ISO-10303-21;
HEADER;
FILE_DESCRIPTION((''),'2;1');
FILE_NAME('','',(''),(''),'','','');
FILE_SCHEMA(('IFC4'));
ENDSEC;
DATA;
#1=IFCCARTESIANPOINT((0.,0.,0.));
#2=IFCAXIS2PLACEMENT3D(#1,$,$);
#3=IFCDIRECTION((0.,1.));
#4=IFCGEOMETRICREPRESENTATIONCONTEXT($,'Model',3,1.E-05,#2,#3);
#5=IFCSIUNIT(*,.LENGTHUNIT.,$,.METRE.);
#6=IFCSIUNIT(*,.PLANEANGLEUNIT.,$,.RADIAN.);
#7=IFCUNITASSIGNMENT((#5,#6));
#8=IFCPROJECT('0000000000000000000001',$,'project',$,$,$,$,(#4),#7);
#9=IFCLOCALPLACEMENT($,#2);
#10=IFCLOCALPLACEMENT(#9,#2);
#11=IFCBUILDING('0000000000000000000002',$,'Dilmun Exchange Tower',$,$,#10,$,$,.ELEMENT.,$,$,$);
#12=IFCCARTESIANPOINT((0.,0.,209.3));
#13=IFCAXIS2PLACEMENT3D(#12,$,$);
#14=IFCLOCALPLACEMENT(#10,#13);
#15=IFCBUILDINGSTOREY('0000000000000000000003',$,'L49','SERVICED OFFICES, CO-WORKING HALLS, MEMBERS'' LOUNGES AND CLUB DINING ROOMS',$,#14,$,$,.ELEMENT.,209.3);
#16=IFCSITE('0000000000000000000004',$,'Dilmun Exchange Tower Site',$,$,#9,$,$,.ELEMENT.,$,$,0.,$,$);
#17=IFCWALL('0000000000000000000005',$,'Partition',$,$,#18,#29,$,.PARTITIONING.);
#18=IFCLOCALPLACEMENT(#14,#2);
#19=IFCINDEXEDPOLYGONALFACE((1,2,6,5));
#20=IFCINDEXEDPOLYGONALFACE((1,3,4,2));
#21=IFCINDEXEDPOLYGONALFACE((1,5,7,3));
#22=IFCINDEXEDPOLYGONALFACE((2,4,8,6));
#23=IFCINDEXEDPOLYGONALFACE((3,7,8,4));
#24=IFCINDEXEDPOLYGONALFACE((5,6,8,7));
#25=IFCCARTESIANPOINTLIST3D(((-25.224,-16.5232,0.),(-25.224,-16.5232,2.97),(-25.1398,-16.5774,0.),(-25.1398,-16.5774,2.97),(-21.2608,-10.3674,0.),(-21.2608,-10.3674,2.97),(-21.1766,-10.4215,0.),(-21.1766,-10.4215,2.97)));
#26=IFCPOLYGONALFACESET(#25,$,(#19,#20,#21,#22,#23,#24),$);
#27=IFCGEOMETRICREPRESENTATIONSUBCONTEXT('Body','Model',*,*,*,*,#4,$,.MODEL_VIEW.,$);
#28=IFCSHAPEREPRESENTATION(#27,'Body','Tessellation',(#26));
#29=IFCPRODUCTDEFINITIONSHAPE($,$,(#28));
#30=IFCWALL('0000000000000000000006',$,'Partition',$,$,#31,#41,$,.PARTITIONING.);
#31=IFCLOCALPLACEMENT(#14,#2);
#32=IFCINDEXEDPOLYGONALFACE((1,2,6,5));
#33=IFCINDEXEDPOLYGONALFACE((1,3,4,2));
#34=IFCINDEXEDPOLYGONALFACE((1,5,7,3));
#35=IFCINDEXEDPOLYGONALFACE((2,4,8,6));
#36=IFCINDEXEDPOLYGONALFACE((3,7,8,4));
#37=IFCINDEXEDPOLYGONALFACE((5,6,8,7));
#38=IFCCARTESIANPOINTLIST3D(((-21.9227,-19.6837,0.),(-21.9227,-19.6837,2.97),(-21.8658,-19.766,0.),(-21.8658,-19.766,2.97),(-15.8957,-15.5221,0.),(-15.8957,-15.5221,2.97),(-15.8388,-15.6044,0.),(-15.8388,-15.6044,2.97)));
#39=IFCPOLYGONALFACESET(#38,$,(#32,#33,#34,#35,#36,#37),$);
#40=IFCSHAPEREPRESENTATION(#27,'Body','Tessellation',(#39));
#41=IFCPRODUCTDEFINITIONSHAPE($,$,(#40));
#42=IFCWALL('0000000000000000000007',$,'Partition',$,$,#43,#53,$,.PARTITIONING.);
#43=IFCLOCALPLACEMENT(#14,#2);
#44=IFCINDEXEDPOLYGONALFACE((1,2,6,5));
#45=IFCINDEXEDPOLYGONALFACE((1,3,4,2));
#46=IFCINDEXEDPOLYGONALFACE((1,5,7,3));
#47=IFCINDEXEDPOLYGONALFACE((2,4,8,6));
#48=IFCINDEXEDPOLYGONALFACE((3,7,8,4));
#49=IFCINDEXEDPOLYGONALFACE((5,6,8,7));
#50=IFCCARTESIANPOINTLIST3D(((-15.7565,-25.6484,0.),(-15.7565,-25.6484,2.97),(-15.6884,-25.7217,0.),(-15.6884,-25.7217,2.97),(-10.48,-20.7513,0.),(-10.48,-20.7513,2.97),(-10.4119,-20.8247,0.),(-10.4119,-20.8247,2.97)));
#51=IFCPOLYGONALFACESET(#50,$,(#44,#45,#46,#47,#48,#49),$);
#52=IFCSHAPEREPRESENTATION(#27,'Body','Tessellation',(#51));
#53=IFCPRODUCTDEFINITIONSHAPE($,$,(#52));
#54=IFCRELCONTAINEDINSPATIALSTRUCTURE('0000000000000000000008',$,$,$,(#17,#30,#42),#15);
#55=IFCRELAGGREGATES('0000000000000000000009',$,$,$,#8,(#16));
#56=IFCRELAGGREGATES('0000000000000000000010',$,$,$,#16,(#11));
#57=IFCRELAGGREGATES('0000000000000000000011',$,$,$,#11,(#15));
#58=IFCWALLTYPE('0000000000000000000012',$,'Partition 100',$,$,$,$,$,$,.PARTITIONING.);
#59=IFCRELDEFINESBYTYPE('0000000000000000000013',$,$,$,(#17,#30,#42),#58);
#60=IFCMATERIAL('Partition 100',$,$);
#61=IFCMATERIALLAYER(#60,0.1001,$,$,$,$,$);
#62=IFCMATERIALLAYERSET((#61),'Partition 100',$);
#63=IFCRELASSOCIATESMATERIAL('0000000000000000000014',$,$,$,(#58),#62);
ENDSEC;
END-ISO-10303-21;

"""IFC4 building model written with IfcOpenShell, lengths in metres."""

from ifc_helpers import new_model, si_unit, direction, frame, frame_2d, origin, place, context, subcontext, project, spatial, rectangle, extrude, material, layer, layer_set, type_object, element, save


model = new_model("IFC4")

# Units and contexts
model_context = context("Model", 3, precision=1e-05, world=origin(), true_north=direction((0.0, 1.0)))
body_context = subcontext(model_context, "Body", "Model", "MODEL_VIEW")
ifc_project = project(units=[si_unit("LENGTHUNIT", "METRE"), si_unit("PLANEANGLEUNIT", "RADIAN")], contexts=[model_context])

# Site, building, storey
site_placement = place(None, origin())
site = spatial("IfcSite", under=ifc_project, at=site_placement, Name="Dilmun Exchange Tower Site", CompositionType="ELEMENT", RefElevation=0.0)
building_placement = place(site_placement, origin())
building = spatial("IfcBuilding", under=site, at=building_placement, Name="Dilmun Exchange Tower", CompositionType="ELEMENT")
storey_placement = place(building_placement, frame((0.0, 0.0, 209.3)))
storey = spatial("IfcBuildingStorey", under=building, at=storey_placement, Name="L49", Description="SERVICED OFFICES, CO-WORKING HALLS, MEMBERS' LOUNGES AND CLUB DINING ROOMS", CompositionType="ELEMENT", Elevation=209.3)

# Walls
ifc_material_1 = material(Name="Partition 100")
ifc_layer_1 = layer(ifc_material_1, 0.1001)
ifc_layer_set_1 = layer_set([ifc_layer_1], Name="Partition 100")
wall_type_1 = type_object("IfcWallType", Name="Partition 100", PredefinedType="PARTITIONING", material=ifc_layer_set_1)
wall_1_placement = place(storey_placement, frame((-25.1819, -16.5503, 0.0), z_axis=(0.0, 0.0, 1.0), x_axis=(0.541324, 0.840814, 0.0)))
element("IfcWall", 1, at=wall_1_placement, inside=storey, type_object=wall_type_1, Name="Partition", PredefinedType="PARTITIONING", context=body_context, shape_type="SweptSolid", body=[
    extrude(rectangle(XDim=7.3213, YDim=0.1001, at=frame_2d((3.6606, 0.0))), origin(), (0.0, 0.0, 1.0), 2.97),
])
wall_2_placement = place(storey_placement, frame((-21.8943, -19.7249, 0.0), z_axis=(0.0, 0.0, 1.0), x_axis=(0.822894, 0.568196, 0.0)))
element("IfcWall", 2, at=wall_2_placement, inside=storey, type_object=wall_type_1, Name="Partition", PredefinedType="PARTITIONING", context=body_context, shape_type="SweptSolid", body=[
    extrude(rectangle(XDim=7.3242, YDim=0.1001, at=frame_2d((3.6621, 0.0))), origin(), (0.0, 0.0, 1.0), 2.97),
])
wall_3_placement = place(storey_placement, frame((-15.7224, -25.6851, 0.0), z_axis=(0.0, 0.0, 1.0), x_axis=(0.732967, 0.680264, 0.0)))
element("IfcWall", 3, at=wall_3_placement, inside=storey, type_object=wall_type_1, Name="Partition", PredefinedType="PARTITIONING", context=body_context, shape_type="SweptSolid", body=[
    extrude(rectangle(XDim=7.1987, YDim=0.1001, at=frame_2d((3.5994, 0.0))), origin(), (0.0, 0.0, 1.0), 2.97),
])

save(model, "model.ifc")
